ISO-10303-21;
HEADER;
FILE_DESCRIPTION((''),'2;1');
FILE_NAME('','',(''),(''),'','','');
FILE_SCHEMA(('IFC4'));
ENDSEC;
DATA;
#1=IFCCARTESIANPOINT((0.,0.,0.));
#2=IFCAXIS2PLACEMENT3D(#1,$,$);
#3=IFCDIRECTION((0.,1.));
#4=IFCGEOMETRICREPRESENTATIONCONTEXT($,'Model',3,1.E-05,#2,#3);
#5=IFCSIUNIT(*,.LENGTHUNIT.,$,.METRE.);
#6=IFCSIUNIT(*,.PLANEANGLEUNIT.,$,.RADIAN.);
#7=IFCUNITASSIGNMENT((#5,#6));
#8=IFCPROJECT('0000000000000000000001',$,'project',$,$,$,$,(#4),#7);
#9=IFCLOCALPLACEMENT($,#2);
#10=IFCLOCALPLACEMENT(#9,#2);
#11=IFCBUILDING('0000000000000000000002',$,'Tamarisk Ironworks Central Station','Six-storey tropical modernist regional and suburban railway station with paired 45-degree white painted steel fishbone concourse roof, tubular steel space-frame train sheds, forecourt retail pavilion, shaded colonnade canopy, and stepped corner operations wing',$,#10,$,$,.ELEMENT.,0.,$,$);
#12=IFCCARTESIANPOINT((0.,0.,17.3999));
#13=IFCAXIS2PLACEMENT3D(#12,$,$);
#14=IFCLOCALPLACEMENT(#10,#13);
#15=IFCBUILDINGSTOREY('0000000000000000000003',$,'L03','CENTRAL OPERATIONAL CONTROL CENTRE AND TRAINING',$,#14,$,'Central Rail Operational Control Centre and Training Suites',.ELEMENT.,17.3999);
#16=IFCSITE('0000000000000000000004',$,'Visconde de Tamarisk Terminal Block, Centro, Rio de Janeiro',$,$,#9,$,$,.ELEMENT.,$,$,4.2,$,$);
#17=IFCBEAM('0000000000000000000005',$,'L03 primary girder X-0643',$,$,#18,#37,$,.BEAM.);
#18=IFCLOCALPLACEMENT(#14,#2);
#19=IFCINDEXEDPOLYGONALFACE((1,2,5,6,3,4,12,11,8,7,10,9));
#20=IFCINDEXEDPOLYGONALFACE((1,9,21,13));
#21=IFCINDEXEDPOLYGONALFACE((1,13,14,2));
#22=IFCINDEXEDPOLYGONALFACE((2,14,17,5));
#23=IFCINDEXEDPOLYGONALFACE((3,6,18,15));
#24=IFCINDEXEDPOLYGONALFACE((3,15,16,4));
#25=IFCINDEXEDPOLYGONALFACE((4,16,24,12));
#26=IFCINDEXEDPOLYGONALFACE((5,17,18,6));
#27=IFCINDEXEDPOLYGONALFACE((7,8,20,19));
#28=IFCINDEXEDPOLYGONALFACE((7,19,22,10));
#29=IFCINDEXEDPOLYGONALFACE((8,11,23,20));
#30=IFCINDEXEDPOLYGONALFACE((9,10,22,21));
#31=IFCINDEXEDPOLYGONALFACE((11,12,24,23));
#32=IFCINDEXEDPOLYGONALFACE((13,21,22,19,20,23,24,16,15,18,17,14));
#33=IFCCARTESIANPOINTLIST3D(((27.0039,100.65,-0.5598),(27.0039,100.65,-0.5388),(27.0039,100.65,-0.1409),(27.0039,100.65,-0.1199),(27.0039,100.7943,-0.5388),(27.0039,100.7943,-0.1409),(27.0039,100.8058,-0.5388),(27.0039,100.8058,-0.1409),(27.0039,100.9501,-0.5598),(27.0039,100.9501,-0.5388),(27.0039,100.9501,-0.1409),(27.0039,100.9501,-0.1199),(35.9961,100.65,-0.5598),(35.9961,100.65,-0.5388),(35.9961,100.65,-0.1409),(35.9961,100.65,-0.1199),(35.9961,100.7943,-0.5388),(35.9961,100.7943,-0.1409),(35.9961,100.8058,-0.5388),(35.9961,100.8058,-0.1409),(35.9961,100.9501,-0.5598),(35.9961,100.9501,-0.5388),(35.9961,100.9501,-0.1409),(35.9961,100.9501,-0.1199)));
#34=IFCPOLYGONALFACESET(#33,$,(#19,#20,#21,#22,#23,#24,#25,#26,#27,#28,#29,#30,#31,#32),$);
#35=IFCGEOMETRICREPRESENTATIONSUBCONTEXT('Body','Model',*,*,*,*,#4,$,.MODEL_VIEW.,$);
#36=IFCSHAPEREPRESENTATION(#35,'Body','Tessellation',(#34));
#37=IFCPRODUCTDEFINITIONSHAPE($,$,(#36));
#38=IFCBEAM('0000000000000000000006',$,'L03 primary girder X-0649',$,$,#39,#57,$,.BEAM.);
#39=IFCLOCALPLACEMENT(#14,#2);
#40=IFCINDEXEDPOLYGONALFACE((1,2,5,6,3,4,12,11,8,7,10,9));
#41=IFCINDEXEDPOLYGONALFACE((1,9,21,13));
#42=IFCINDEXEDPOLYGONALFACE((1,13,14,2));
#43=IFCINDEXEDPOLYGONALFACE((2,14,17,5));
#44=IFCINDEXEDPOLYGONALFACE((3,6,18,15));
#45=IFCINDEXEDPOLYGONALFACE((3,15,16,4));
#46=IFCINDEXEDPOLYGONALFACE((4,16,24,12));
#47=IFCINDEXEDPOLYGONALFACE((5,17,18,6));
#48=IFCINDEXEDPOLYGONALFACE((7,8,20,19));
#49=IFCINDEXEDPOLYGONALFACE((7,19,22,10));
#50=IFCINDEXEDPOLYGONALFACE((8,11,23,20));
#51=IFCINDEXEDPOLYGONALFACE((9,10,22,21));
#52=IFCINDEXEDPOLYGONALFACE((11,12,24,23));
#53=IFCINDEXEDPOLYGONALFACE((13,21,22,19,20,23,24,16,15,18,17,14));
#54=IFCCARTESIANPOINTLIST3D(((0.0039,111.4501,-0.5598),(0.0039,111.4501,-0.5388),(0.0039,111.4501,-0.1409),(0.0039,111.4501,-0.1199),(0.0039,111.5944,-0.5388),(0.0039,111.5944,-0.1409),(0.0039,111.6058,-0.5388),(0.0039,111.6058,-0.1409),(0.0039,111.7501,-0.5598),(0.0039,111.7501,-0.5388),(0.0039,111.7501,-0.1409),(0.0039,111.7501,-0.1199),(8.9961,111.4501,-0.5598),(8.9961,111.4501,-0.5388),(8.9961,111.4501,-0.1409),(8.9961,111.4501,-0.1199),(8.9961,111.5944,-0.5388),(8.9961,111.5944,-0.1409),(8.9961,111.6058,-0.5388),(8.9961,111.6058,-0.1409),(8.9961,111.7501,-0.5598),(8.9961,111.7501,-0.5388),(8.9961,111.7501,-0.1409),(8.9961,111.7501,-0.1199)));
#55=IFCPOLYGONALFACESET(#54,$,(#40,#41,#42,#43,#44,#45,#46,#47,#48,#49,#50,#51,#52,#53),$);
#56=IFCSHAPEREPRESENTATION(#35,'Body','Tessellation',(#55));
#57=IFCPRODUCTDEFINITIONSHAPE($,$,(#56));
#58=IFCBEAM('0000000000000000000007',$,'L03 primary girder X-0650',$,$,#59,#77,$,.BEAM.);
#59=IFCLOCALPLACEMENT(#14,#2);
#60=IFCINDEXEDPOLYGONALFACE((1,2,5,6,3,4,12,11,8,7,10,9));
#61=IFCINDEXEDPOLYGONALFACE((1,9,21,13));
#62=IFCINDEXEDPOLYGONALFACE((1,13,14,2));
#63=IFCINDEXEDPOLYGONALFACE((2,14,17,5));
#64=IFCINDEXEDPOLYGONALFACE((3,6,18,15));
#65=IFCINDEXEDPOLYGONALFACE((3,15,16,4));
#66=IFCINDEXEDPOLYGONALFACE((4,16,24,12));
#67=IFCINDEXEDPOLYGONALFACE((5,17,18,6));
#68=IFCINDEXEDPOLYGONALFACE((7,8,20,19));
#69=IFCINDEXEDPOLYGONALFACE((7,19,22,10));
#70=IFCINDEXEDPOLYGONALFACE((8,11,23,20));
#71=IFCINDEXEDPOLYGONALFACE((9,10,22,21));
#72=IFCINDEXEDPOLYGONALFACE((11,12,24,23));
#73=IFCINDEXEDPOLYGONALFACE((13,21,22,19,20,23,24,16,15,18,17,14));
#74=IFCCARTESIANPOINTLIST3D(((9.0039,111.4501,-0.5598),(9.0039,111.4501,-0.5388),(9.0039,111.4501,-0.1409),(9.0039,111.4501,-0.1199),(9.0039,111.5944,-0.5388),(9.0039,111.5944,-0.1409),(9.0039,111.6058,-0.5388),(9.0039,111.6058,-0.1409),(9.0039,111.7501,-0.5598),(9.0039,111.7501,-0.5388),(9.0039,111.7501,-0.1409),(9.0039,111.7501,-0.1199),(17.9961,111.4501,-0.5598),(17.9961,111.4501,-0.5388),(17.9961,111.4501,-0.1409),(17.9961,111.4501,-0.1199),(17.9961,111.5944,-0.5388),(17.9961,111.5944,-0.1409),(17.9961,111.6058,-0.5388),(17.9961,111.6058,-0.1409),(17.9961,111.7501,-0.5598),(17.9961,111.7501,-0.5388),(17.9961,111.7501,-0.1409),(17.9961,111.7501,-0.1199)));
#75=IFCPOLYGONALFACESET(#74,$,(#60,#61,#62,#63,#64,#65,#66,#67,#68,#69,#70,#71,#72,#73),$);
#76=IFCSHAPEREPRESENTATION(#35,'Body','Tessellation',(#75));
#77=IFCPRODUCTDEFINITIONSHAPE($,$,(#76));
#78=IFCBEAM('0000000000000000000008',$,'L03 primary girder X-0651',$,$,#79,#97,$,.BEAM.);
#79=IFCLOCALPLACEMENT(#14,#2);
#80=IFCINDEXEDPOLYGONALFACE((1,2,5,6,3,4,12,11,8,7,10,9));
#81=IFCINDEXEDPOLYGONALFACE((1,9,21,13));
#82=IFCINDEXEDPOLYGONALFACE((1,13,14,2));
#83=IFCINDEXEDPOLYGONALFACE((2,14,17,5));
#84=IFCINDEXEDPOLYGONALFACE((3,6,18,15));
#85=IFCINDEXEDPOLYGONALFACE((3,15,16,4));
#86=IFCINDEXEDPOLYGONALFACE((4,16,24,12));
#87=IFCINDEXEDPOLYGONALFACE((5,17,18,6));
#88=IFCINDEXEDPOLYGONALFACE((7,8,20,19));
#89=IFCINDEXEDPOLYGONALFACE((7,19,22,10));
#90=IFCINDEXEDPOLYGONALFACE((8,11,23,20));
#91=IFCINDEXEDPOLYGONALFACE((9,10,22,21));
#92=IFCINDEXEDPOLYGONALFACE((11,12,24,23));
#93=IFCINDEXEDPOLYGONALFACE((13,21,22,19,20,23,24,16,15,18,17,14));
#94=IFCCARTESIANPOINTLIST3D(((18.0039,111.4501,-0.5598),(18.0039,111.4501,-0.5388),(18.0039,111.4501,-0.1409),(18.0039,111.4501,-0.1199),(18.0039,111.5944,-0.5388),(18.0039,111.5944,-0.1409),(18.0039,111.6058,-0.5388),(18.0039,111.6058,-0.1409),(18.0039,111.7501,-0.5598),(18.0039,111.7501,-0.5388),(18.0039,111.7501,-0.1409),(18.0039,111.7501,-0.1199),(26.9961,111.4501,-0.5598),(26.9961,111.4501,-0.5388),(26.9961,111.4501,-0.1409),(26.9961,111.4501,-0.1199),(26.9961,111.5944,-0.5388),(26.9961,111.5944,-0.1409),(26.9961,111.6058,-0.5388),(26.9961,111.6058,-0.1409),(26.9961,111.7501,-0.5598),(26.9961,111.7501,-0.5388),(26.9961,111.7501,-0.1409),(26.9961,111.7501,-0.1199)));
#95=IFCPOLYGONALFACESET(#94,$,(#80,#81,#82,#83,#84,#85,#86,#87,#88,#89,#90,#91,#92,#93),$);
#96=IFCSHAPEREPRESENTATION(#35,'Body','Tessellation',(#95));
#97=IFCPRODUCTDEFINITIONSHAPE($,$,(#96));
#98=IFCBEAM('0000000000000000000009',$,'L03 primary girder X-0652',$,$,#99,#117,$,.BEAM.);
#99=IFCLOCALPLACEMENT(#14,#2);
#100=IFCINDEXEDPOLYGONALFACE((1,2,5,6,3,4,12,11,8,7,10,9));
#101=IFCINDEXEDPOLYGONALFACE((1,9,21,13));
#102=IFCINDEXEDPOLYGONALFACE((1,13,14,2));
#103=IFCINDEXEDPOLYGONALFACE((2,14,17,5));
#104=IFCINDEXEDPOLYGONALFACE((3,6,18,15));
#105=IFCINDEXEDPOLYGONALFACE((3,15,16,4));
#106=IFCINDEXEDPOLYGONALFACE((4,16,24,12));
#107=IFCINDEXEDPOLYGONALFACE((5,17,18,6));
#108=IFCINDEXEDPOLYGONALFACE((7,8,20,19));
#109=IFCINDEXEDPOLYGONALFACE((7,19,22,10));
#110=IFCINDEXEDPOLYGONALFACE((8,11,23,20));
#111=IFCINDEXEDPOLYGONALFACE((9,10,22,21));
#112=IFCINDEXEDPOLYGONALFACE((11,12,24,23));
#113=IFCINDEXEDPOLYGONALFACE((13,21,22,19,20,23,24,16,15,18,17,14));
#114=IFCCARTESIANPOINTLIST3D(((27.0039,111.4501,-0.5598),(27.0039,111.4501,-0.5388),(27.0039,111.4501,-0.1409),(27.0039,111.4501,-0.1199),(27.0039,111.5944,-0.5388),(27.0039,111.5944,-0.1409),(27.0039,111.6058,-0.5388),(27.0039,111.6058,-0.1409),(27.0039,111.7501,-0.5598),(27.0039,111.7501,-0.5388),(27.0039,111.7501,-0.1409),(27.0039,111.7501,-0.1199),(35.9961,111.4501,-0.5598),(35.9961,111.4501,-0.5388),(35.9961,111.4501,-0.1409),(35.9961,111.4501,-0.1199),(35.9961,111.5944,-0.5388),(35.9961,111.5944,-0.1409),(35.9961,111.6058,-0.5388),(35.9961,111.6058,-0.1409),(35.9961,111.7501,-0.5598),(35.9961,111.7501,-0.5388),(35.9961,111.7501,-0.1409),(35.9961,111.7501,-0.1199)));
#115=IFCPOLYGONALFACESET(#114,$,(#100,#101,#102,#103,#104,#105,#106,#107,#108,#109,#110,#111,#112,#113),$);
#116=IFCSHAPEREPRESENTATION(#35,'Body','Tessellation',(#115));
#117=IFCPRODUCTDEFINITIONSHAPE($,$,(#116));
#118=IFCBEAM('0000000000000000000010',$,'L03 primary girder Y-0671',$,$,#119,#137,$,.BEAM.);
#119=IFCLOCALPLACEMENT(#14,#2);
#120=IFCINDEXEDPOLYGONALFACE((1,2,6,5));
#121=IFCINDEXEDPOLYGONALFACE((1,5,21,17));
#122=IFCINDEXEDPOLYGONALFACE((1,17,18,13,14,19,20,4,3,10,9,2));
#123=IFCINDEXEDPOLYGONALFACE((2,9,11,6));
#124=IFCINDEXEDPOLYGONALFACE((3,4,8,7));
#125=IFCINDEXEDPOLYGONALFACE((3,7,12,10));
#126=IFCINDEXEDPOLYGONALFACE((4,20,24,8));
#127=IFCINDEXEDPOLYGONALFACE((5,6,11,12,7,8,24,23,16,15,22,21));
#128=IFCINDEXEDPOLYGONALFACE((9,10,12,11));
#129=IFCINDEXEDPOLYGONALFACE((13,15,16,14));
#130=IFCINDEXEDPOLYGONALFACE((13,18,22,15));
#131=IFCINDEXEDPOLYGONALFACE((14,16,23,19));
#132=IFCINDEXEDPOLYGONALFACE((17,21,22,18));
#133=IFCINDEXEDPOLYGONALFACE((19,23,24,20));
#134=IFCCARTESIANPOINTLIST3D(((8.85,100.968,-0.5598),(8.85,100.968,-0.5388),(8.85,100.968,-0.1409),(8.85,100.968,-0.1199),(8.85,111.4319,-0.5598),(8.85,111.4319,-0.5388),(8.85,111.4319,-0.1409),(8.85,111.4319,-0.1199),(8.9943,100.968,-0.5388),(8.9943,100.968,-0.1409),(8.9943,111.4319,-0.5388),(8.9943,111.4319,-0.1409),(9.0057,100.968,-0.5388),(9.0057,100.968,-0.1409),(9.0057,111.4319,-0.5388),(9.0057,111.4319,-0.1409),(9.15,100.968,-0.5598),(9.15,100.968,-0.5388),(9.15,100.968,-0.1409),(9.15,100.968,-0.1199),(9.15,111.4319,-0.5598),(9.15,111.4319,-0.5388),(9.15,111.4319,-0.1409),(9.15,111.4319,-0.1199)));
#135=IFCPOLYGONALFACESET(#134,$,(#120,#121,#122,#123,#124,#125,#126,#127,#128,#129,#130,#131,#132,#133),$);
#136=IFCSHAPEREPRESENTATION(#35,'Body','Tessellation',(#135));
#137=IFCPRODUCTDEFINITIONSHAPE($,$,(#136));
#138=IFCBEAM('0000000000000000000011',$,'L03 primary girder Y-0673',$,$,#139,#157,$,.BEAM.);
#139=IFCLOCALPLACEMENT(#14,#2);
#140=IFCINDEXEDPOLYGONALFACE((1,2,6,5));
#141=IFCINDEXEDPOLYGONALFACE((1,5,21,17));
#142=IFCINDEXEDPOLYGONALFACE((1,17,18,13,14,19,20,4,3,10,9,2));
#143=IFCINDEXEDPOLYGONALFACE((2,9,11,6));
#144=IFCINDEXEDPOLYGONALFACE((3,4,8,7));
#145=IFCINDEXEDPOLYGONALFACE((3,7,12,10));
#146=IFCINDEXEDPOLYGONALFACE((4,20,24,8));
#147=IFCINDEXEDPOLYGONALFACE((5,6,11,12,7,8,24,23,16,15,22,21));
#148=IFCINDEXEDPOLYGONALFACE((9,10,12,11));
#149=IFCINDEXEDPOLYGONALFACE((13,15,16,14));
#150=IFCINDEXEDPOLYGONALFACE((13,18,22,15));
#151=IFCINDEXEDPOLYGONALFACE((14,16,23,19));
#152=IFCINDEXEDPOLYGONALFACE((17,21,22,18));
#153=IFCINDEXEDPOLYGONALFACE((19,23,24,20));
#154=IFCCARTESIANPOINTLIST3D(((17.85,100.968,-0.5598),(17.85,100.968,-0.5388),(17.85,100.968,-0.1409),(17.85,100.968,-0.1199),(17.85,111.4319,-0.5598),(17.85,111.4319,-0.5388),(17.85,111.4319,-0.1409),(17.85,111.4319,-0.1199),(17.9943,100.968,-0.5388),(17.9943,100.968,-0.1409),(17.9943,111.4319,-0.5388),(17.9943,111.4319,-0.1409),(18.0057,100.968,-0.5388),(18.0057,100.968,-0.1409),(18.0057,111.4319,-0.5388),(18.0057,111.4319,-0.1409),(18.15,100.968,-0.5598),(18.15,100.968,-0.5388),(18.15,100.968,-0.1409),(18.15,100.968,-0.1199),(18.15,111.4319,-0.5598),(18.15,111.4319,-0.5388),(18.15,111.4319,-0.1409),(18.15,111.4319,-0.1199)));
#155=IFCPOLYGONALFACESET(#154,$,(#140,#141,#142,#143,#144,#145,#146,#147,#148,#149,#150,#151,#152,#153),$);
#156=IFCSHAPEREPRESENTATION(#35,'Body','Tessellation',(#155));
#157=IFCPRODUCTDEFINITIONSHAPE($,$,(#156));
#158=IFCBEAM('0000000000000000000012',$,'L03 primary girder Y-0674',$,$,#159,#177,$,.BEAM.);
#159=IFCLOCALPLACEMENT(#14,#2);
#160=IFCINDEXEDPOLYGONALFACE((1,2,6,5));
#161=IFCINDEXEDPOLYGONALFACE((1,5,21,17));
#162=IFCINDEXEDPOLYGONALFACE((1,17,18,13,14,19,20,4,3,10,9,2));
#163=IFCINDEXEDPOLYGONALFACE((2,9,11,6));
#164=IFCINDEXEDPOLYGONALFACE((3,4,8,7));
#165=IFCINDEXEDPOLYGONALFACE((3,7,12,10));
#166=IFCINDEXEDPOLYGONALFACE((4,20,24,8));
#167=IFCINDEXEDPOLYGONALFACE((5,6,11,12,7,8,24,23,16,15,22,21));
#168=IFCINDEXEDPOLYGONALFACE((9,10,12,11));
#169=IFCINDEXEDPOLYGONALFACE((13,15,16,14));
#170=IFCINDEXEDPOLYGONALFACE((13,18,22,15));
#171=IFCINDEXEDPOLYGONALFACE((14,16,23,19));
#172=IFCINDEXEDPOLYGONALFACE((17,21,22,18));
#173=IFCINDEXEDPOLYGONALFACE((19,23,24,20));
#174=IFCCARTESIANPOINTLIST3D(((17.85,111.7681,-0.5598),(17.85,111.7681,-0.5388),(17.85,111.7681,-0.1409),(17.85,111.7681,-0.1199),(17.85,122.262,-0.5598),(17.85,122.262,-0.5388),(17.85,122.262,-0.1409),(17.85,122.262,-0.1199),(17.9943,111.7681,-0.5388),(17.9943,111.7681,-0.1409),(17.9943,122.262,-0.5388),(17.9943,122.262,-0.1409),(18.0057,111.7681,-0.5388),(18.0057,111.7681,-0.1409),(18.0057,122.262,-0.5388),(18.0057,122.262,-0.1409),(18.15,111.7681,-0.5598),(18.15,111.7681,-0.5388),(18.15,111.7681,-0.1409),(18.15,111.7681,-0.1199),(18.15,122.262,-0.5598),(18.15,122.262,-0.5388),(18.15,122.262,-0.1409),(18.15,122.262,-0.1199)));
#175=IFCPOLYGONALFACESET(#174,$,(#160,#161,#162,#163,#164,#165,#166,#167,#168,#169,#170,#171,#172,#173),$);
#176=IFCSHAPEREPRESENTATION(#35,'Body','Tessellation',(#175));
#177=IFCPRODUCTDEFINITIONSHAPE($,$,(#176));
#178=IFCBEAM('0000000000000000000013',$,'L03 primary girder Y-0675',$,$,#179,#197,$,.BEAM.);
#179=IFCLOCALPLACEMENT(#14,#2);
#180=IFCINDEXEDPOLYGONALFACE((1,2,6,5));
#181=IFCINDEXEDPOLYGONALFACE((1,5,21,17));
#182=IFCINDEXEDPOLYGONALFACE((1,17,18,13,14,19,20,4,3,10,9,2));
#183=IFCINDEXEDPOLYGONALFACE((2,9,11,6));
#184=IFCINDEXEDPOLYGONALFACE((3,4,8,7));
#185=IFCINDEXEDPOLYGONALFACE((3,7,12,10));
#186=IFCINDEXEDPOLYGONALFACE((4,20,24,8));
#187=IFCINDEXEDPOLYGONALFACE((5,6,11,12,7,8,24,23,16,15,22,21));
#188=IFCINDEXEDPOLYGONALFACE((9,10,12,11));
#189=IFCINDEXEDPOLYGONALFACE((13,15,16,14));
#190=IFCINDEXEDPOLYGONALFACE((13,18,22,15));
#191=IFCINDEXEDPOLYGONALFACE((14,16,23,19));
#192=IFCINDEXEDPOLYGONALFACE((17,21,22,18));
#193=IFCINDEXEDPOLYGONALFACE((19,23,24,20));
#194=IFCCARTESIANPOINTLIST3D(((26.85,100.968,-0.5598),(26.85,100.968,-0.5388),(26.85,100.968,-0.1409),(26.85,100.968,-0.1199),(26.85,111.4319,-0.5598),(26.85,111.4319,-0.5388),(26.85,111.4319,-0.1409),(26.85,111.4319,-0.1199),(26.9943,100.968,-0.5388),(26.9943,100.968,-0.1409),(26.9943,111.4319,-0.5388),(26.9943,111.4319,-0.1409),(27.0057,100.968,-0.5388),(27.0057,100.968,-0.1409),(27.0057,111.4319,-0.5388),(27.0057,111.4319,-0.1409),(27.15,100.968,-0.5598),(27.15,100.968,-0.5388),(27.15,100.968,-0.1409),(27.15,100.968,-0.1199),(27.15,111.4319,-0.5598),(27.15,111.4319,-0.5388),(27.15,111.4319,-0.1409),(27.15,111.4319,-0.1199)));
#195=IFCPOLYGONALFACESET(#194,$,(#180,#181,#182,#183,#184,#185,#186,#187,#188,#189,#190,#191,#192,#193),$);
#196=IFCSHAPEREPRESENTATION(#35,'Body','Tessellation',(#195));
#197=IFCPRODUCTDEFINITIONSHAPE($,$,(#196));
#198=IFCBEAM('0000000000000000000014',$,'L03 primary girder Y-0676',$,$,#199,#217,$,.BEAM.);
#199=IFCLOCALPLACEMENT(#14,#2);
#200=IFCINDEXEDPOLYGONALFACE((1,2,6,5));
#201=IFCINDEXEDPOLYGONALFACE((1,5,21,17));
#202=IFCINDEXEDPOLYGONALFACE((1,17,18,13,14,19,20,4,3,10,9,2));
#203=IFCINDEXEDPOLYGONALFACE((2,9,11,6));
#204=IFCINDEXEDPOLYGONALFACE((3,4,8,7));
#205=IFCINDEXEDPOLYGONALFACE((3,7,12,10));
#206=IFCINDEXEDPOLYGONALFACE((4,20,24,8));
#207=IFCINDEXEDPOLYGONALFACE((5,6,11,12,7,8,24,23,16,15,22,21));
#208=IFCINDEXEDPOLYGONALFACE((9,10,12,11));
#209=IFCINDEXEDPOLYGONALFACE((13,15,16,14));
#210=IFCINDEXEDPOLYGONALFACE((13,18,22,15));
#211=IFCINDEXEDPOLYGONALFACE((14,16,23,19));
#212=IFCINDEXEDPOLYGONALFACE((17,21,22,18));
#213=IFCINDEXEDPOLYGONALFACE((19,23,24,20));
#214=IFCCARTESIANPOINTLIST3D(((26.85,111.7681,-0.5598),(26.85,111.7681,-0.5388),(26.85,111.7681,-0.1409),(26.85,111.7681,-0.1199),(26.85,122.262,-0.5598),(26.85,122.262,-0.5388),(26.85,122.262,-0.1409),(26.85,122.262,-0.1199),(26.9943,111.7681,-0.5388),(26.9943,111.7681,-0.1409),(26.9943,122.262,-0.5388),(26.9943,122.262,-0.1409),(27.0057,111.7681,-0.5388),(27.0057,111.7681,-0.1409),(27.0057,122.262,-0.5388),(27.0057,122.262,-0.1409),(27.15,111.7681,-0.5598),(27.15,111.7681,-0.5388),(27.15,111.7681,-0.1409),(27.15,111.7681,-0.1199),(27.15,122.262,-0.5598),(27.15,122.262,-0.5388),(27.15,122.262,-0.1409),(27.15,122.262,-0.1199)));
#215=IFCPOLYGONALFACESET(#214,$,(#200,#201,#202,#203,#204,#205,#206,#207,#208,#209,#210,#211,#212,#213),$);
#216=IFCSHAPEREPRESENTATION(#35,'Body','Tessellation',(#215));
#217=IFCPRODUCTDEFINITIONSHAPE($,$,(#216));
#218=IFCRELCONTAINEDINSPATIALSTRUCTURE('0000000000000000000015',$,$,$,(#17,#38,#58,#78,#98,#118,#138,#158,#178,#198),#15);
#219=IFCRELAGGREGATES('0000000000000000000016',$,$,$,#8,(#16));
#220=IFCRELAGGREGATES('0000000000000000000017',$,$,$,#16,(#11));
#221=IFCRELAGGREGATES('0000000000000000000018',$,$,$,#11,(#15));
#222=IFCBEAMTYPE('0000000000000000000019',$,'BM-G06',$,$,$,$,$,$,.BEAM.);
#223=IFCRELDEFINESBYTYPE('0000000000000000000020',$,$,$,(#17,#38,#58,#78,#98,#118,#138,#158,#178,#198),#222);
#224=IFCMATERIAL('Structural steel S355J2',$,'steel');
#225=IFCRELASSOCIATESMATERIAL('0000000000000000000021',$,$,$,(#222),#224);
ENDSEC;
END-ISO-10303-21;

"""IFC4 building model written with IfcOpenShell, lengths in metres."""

from ifc_helpers import new_model, si_unit, direction, frame, origin, origin_2d, place, context, subcontext, project, spatial, i_section, extrude, material, material_profile, profile_set, type_object, element, save


model = new_model("IFC4")

# Units and contexts
model_context = context("Model", 3, precision=1e-05, world=origin(), true_north=direction((0.0, 1.0)))
body_context = subcontext(model_context, "Body", "Model", "MODEL_VIEW")
ifc_project = project(units=[si_unit("LENGTHUNIT", "METRE"), si_unit("PLANEANGLEUNIT", "RADIAN")], contexts=[model_context])

# Site, building, storey
site_placement = place(None, origin())
site = spatial("IfcSite", under=ifc_project, at=site_placement, Name="Visconde de Tamarisk Terminal Block, Centro, Rio de Janeiro", CompositionType="ELEMENT", RefElevation=4.2)
building_placement = place(site_placement, origin())
building = spatial("IfcBuilding", under=site, at=building_placement, Name="Tamarisk Ironworks Central Station", Description="Six-storey tropical modernist regional and suburban railway station with paired 45-degree white painted steel fishbone concourse roof, tubular steel space-frame train sheds, forecourt retail pavilion, shaded colonnade canopy, and stepped corner operations wing", CompositionType="ELEMENT", ElevationOfRefHeight=0.0)
storey_placement = place(building_placement, frame((0.0, 0.0, 17.3999)))
storey = spatial("IfcBuildingStorey", under=building, at=storey_placement, Name="L03", Description="CENTRAL OPERATIONAL CONTROL CENTRE AND TRAINING", LongName="Central Rail Operational Control Centre and Training Suites", CompositionType="ELEMENT", Elevation=17.3999)

# Beams
ifc_material_1 = material(Name="Structural steel S355J2", Category="steel")
ifc_material_profile_1 = material_profile(ifc_material_1, i_section(OverallWidth=0.3, OverallDepth=0.4399, WebThickness=0.0115, FlangeThickness=0.021, at=origin_2d()), Name="HEA 450")
ifc_profile_set_1 = profile_set([ifc_material_profile_1], Name="Structural steel S355J2")
beam_type_1 = type_object("IfcBeamType", Name="BM-G06", PredefinedType="BEAM", material=ifc_profile_set_1)
for number, where, z_axis, x_axis, name in (
    (1, (27.0039, 100.8, -0.3398), (1.0, 0.0, 0.0), (0.0, 1.0, 0.0), "L03 primary girder X-0643"),
    (2, (0.0039, 111.6001, -0.3398), (1.0, 0.0, 0.0), (0.0, 1.0, 0.0), "L03 primary girder X-0649"),
    (3, (9.0039, 111.6001, -0.3398), (1.0, 0.0, 0.0), (0.0, 1.0, 0.0), "L03 primary girder X-0650"),
    (4, (18.0039, 111.6001, -0.3398), (1.0, 0.0, 0.0), (0.0, 1.0, 0.0), "L03 primary girder X-0651"),
    (5, (27.0039, 111.6001, -0.3398), (1.0, 0.0, 0.0), (0.0, 1.0, 0.0), "L03 primary girder X-0652"),
):
    element("IfcBeam", number, at=place(storey_placement, frame(where, z_axis=z_axis, x_axis=x_axis)), inside=storey, type_object=beam_type_1, Name=name, PredefinedType="BEAM", context=body_context, shape_type="SweptSolid", body=[
        extrude(i_section(OverallWidth=0.3, OverallDepth=0.4399, WebThickness=0.0115, FlangeThickness=0.021, at=origin_2d()), origin(), (0.0, 0.0, 1.0), 8.9922),
    ])
for number, where, z_axis, x_axis, name in (
    (6, (9.0, 100.968, -0.3398), (0.0, 1.0, 0.0), (-1.0, 0.0, 0.0), "L03 primary girder Y-0671"),
    (7, (18.0, 100.968, -0.3398), (0.0, 1.0, 0.0), (-1.0, 0.0, 0.0), "L03 primary girder Y-0673"),
):
    element("IfcBeam", number, at=place(storey_placement, frame(where, z_axis=z_axis, x_axis=x_axis)), inside=storey, type_object=beam_type_1, Name=name, PredefinedType="BEAM", context=body_context, shape_type="SweptSolid", body=[
        extrude(i_section(OverallWidth=0.3, OverallDepth=0.4399, WebThickness=0.0115, FlangeThickness=0.021, at=origin_2d()), origin(), (0.0, 0.0, 1.0), 10.4639),
    ])
beam_1_placement = place(storey_placement, frame((18.0, 111.7681, -0.3398), z_axis=(0.0, 1.0, 0.0), x_axis=(-1.0, 0.0, 0.0)))
element("IfcBeam", 8, at=beam_1_placement, inside=storey, type_object=beam_type_1, Name="L03 primary girder Y-0674", PredefinedType="BEAM", context=body_context, shape_type="SweptSolid", body=[
    extrude(i_section(OverallWidth=0.3, OverallDepth=0.4399, WebThickness=0.0115, FlangeThickness=0.021, at=origin_2d()), origin(), (0.0, 0.0, 1.0), 10.4939),
])
beam_2_placement = place(storey_placement, frame((27.0, 100.968, -0.3398), z_axis=(0.0, 1.0, 0.0), x_axis=(-1.0, 0.0, 0.0)))
element("IfcBeam", 9, at=beam_2_placement, inside=storey, type_object=beam_type_1, Name="L03 primary girder Y-0675", PredefinedType="BEAM", context=body_context, shape_type="SweptSolid", body=[
    extrude(i_section(OverallWidth=0.3, OverallDepth=0.4399, WebThickness=0.0115, FlangeThickness=0.021, at=origin_2d()), origin(), (0.0, 0.0, 1.0), 10.4639),
])
beam_3_placement = place(storey_placement, frame((27.0, 111.7681, -0.3398), z_axis=(0.0, 1.0, 0.0), x_axis=(-1.0, 0.0, 0.0)))
element("IfcBeam", 10, at=beam_3_placement, inside=storey, type_object=beam_type_1, Name="L03 primary girder Y-0676", PredefinedType="BEAM", context=body_context, shape_type="SweptSolid", body=[
    extrude(i_section(OverallWidth=0.3, OverallDepth=0.4399, WebThickness=0.0115, FlangeThickness=0.021, at=origin_2d()), origin(), (0.0, 0.0, 1.0), 10.4939),
])

save(model, "model.ifc")
